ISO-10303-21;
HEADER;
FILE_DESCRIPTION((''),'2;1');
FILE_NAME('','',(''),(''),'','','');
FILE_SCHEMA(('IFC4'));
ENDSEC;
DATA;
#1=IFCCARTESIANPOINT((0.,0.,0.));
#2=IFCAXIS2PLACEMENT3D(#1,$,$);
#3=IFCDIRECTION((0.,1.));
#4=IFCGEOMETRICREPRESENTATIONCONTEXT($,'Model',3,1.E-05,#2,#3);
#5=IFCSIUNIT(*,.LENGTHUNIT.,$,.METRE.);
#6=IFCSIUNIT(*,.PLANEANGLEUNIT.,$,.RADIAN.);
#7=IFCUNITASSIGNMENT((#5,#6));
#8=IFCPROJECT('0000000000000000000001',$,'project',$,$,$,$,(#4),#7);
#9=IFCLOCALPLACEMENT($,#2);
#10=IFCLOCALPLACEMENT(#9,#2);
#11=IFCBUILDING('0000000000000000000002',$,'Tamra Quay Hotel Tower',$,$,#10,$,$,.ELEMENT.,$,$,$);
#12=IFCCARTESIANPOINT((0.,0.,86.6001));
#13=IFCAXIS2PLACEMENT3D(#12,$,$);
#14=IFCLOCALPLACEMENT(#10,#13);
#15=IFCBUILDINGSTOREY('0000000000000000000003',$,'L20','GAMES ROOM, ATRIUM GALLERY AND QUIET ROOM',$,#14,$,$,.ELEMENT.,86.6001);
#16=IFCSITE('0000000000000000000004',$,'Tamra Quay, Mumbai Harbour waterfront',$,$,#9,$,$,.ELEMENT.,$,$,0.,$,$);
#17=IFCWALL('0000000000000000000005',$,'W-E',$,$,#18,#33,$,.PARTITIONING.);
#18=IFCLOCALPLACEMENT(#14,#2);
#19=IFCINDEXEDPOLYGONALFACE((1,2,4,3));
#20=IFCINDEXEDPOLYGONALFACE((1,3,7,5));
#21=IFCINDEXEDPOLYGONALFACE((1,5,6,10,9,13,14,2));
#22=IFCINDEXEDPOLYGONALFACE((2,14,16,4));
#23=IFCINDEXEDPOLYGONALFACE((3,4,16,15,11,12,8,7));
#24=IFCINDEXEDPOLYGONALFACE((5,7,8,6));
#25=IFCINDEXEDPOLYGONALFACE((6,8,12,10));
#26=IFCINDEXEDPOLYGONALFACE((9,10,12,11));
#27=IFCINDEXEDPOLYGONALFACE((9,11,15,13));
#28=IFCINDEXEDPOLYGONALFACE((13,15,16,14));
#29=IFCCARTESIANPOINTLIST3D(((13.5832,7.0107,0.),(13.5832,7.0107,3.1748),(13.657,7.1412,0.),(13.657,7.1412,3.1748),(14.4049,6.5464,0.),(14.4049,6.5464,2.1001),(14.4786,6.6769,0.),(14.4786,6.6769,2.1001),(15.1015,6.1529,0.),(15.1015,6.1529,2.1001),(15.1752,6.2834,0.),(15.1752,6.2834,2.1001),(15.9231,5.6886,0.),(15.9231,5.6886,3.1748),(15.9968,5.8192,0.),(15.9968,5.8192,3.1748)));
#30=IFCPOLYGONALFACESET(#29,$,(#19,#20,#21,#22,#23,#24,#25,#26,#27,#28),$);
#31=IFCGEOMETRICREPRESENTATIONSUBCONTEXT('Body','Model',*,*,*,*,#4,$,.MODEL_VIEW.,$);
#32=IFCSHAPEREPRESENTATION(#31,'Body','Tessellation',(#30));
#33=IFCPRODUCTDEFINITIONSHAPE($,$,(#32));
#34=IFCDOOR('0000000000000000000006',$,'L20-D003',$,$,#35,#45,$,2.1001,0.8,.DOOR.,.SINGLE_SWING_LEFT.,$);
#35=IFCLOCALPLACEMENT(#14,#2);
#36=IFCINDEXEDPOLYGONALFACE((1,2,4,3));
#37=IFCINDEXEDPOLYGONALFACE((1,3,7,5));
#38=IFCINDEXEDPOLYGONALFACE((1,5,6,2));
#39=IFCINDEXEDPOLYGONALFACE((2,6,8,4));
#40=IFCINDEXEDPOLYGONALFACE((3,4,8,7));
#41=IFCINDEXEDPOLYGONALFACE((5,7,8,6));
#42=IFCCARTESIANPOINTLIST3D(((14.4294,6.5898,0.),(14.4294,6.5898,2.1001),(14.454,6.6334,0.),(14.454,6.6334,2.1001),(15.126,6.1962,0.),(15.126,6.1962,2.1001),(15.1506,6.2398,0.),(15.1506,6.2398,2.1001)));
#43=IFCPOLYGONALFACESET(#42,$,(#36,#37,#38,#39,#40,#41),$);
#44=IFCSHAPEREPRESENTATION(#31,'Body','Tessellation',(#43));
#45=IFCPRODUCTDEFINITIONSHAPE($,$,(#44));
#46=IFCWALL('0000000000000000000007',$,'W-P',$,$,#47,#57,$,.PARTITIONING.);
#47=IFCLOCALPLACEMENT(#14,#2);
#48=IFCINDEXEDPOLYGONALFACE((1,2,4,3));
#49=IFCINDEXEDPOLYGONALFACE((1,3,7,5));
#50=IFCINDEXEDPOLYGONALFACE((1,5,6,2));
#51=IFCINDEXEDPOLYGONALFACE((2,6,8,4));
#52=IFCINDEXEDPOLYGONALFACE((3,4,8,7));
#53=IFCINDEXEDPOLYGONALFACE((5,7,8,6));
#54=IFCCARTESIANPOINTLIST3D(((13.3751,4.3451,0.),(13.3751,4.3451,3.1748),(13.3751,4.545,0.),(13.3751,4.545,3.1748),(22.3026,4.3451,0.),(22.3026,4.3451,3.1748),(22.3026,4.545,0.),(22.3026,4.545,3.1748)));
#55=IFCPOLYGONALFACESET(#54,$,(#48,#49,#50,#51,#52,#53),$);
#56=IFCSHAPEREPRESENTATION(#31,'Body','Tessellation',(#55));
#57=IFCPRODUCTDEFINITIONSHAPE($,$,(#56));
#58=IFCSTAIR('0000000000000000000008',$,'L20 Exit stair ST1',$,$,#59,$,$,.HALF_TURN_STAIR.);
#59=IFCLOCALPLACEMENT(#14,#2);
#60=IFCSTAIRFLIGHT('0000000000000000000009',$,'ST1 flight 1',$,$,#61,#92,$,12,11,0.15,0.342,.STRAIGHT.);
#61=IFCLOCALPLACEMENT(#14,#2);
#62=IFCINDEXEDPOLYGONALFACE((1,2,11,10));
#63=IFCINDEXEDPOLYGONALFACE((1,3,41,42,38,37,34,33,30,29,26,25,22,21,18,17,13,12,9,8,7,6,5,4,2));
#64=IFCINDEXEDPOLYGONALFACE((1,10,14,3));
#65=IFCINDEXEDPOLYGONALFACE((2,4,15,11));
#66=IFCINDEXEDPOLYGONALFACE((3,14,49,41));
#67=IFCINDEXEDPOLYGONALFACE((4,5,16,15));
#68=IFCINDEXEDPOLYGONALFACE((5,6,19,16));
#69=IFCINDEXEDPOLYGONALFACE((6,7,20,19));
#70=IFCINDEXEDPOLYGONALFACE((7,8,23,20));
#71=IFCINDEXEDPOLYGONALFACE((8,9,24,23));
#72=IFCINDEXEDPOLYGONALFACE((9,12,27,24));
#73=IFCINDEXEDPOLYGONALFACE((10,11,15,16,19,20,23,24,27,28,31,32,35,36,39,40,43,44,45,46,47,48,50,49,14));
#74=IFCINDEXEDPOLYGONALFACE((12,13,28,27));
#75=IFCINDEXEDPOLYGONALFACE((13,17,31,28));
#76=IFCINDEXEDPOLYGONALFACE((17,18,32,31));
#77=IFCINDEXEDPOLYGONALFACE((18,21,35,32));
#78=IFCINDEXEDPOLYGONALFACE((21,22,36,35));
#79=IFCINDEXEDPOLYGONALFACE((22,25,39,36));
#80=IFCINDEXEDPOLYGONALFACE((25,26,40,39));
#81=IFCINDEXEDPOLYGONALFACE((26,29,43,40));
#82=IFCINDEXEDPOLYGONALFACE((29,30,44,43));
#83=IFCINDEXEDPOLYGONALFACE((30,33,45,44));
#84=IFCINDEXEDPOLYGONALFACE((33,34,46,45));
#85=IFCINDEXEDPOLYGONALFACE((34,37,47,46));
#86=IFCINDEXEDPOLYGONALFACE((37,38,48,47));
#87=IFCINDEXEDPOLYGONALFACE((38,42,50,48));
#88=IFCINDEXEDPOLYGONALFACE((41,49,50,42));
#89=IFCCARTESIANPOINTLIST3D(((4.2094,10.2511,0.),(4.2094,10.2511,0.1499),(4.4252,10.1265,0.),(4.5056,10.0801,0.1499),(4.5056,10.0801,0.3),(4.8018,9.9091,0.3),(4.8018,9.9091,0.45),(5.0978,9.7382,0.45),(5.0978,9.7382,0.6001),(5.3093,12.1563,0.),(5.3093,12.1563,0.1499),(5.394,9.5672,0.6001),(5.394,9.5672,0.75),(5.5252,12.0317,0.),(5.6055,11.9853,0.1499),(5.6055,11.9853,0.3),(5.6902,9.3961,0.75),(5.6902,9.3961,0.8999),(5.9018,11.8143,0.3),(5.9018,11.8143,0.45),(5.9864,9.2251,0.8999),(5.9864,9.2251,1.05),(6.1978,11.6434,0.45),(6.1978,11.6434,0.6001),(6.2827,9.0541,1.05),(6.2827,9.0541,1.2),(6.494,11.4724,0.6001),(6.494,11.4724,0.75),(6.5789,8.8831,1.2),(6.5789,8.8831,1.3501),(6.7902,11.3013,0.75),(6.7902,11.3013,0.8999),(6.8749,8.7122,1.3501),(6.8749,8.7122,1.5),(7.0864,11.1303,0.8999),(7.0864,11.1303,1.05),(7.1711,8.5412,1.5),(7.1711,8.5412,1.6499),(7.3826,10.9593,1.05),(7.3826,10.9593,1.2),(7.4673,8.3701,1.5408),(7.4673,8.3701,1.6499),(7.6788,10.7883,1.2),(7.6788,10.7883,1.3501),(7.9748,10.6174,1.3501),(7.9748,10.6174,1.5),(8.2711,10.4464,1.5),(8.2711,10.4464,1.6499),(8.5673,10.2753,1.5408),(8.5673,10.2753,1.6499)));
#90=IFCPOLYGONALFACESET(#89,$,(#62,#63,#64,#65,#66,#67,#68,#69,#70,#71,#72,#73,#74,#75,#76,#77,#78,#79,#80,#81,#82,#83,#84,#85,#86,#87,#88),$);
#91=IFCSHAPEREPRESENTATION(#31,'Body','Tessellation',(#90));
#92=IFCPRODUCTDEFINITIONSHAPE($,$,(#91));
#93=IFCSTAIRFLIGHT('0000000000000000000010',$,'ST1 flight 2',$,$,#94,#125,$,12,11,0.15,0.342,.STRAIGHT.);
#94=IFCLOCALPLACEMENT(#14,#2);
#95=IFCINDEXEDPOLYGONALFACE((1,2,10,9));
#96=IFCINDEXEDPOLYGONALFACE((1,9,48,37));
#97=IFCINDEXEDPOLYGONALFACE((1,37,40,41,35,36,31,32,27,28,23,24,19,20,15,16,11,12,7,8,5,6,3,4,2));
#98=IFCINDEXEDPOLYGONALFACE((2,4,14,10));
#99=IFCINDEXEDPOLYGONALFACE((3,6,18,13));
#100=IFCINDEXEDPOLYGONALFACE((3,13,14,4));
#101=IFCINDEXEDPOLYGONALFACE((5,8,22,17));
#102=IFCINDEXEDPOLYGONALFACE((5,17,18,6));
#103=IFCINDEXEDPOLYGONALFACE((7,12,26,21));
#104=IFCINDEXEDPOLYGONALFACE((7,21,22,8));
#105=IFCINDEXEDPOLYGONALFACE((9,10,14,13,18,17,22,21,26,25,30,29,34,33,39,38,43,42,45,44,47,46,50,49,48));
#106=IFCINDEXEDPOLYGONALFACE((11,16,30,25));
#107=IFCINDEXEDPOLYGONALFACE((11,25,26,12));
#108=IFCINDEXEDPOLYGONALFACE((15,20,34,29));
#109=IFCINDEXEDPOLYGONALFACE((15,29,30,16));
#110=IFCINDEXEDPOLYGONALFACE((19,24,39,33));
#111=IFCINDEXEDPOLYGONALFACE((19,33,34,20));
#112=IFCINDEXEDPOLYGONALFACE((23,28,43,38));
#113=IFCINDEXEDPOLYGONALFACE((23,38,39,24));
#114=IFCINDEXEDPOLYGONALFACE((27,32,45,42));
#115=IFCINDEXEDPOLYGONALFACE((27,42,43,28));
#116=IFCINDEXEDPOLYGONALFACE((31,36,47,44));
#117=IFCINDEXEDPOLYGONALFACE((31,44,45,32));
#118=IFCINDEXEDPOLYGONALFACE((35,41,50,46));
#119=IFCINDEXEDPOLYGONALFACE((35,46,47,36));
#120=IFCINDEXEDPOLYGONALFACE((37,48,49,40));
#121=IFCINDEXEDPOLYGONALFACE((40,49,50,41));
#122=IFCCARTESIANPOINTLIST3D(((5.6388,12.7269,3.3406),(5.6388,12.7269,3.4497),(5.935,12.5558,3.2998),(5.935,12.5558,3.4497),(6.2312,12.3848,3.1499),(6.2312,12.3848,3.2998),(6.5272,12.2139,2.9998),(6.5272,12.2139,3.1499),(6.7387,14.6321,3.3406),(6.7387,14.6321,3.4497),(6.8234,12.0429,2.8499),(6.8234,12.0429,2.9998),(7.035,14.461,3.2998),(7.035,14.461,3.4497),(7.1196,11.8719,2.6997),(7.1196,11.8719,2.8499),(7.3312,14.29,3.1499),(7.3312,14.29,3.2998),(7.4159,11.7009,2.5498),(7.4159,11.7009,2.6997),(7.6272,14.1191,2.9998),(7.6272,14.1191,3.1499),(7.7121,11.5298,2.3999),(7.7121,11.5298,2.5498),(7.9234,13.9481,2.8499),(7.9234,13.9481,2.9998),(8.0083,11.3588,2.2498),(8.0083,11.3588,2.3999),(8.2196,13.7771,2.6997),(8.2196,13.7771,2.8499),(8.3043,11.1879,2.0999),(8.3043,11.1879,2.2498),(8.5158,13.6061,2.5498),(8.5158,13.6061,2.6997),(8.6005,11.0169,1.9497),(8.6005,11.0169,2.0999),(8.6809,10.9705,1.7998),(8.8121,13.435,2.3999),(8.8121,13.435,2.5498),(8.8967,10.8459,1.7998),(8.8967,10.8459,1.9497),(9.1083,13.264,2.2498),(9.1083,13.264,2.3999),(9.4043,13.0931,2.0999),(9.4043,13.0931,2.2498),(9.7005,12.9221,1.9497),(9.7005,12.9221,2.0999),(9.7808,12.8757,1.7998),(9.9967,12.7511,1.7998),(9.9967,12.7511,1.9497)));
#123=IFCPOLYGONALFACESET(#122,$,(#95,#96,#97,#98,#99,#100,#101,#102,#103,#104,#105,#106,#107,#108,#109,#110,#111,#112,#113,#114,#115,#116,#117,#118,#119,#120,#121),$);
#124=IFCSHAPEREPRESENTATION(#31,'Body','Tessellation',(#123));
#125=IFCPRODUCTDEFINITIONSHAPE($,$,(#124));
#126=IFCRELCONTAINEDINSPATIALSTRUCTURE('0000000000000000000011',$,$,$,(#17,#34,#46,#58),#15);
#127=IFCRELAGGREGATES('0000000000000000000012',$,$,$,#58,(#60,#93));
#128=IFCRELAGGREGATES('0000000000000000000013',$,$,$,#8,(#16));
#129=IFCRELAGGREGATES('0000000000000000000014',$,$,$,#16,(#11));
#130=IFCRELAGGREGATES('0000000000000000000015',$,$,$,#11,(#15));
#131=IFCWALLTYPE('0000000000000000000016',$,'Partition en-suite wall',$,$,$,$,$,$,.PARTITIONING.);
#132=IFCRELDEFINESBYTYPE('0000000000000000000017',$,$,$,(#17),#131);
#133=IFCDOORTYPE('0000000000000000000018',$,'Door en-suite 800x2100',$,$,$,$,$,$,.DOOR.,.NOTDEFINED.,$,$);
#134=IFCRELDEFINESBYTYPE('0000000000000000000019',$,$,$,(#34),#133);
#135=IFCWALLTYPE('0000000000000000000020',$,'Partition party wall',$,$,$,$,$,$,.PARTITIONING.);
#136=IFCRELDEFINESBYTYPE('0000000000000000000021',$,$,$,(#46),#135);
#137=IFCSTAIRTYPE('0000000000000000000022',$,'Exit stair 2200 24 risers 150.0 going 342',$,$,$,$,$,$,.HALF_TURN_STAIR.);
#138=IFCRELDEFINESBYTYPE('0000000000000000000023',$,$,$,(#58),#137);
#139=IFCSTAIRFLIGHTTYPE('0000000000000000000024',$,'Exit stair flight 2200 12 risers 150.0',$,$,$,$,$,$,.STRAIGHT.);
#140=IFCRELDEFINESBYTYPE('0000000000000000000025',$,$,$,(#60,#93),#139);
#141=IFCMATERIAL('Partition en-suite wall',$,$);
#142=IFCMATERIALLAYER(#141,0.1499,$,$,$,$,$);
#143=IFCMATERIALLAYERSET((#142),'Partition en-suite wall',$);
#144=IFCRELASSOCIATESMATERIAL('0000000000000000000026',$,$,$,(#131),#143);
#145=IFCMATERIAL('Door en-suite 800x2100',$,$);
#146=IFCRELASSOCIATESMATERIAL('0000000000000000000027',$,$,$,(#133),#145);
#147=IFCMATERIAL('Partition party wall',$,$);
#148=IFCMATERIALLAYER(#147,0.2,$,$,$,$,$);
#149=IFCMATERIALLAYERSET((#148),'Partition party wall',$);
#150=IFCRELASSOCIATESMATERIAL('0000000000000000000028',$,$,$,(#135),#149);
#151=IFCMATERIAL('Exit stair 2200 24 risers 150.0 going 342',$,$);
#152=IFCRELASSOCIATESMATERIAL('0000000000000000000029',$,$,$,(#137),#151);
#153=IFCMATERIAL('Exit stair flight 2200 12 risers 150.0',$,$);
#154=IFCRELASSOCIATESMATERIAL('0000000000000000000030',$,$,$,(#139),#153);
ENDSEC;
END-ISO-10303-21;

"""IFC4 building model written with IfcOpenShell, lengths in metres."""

from ifc_helpers import new_model, si_unit, direction, frame, frame_2d, origin, place, context, subcontext, project, spatial, polyline, rectangle, outline, extrude, material, layer, layer_set, type_object, element, fill, aggregate, save


model = new_model("IFC4")

# Units and contexts
model_context = context("Model", 3, precision=1e-05, world=origin(), true_north=direction((0.0, 1.0)))
body_context = subcontext(model_context, "Body", "Model", "MODEL_VIEW")
ifc_project = project(units=[si_unit("LENGTHUNIT", "METRE"), si_unit("PLANEANGLEUNIT", "RADIAN")], contexts=[model_context])

# Site, building, storey
site_placement = place(None, origin())
site = spatial("IfcSite", under=ifc_project, at=site_placement, Name="Tamra Quay, Mumbai Harbour waterfront", CompositionType="ELEMENT", RefElevation=0.0)
building_placement = place(site_placement, origin())
building = spatial("IfcBuilding", under=site, at=building_placement, Name="Tamra Quay Hotel Tower", CompositionType="ELEMENT")
storey_placement = place(building_placement, frame((0.0, 0.0, 86.6001)))
storey = spatial("IfcBuildingStorey", under=building, at=storey_placement, Name="L20", Description="GAMES ROOM, ATRIUM GALLERY AND QUIET ROOM", CompositionType="ELEMENT", Elevation=86.6001)

# Wall, opening, door
ifc_material_1 = material(Name="Partition en-suite wall")
ifc_layer_1 = layer(ifc_material_1, 0.1499)
ifc_layer_set_1 = layer_set([ifc_layer_1], Name="Partition en-suite wall")
wall_type_1 = type_object("IfcWallType", Name="Partition en-suite wall", PredefinedType="PARTITIONING", material=ifc_layer_set_1)
wall_1_placement = place(storey_placement, frame((13.6201, 7.0759, 0.0), z_axis=(0.0, 0.0, 1.0), x_axis=(0.870642, -0.491917, 0.0)))
wall_1 = element("IfcWall", 1, at=wall_1_placement, inside=storey, type_object=wall_type_1, Name="W-E", PredefinedType="PARTITIONING", context=body_context, shape_type="SweptSolid", body=[
    extrude(rectangle(XDim=2.6875, YDim=0.1499, at=frame_2d((1.3438, 0.0))), origin(), (0.0, 0.0, 1.0), 3.1748),
])
opening_1_placement = place(wall_1_placement, frame((0.9438, 0.0, 0.0)))
opening_1 = element("IfcOpeningElement", 2, at=opening_1_placement, cuts=wall_1, PredefinedType="OPENING", context=body_context, shape_type="SweptSolid", body=[
    extrude(rectangle(XDim=0.8, YDim=2.1001, at=frame_2d((0.3999, 1.05))), frame((0.0, 0.085, 0.0), z_axis=(0.0, -1.0, 0.0), x_axis=(1.0, 0.0, 0.0)), (0.0, 0.0, 1.0), 0.1699),
])
ifc_material_2 = material(Name="Door en-suite 800x2100")
door_type_1 = type_object("IfcDoorType", Name="Door en-suite 800x2100", OperationType="NOTDEFINED", PredefinedType="DOOR", material=ifc_material_2)
door_1_placement = place(opening_1_placement, origin())
door_1 = element("IfcDoor", 3, at=door_1_placement, inside=storey, type_object=door_type_1, Name="L20-D003", OperationType="SINGLE_SWING_LEFT", OverallHeight=2.1001, OverallWidth=0.8, PredefinedType="DOOR", context=body_context, shape_type="SweptSolid", body=[
    extrude(rectangle(XDim=0.8, YDim=2.1001, at=frame_2d((0.3999, 1.05))), frame((0.0, 0.0249, 0.0), z_axis=(0.0, -1.0, 0.0), x_axis=(1.0, 0.0, 0.0)), (0.0, 0.0, 1.0), 0.05),
])
fill(opening_1, door_1)

# Wall
ifc_material_3 = material(Name="Partition party wall")
ifc_layer_2 = layer(ifc_material_3, 0.2)
ifc_layer_set_2 = layer_set([ifc_layer_2], Name="Partition party wall")
wall_type_2 = type_object("IfcWallType", Name="Partition party wall", PredefinedType="PARTITIONING", material=ifc_layer_set_2)
wall_2_placement = place(storey_placement, frame((13.375, 4.4451, 0.0), z_axis=(0.0, 0.0, 1.0), x_axis=(1.0, 0.0, 0.0)))
element("IfcWall", 4, at=wall_2_placement, inside=storey, type_object=wall_type_2, Name="W-P", PredefinedType="PARTITIONING", context=body_context, shape_type="SweptSolid", body=[
    extrude(rectangle(XDim=8.9275, YDim=0.2, at=frame_2d((4.4639, 0.0))), origin(), (0.0, 0.0, 1.0), 3.1748),
])

# Stair, stair flights
ifc_material_4 = material(Name="Exit stair 2200 24 risers 150.0 going 342")
stair_type = type_object("IfcStairType", Name="Exit stair 2200 24 risers 150.0 going 342", PredefinedType="HALF_TURN_STAIR", material=ifc_material_4)
stair_placement = place(storey_placement, origin())
stair = element("IfcStair", 5, at=stair_placement, inside=storey, type_object=stair_type, Name="L20 Exit stair ST1", PredefinedType="HALF_TURN_STAIR")
ifc_material_5 = material(Name="Exit stair flight 2200 12 risers 150.0")
stair_flight_type = type_object("IfcStairFlightType", Name="Exit stair flight 2200 12 risers 150.0", PredefinedType="STRAIGHT", material=ifc_material_5)
stair_flight_1_placement = place(storey_placement, frame((4.7593, 11.2036, 0.0), z_axis=(0.0, 0.0, 1.0), x_axis=(0.866025, -0.5, 0.0)))
stair_flight_1 = element("IfcStairFlight", 6, at=stair_flight_1_placement, type_object=stair_flight_type, Name="ST1 flight 1", NumberOfRisers=12, NumberOfTreads=11, PredefinedType="STRAIGHT", RiserHeight=0.15, TreadLength=0.342, context=body_context, shape_type="SweptSolid", body=[
    extrude(outline(polyline([(0.0, 0.0), (0.0, 0.1499), (0.342, 0.1499), (0.342, 0.3), (0.6841, 0.3), (0.6841, 0.45), (1.0259, 0.45), (1.0259, 0.6001), (1.3679, 0.6001), (1.3679, 0.75), (1.71, 0.75), (1.71, 0.8999), (2.052, 0.8999), (2.052, 1.05), (2.394, 1.05), (2.394, 1.2), (2.7361, 1.2), (2.7361, 1.3501), (3.0779, 1.3501), (3.0779, 1.5), (3.4199, 1.5), (3.4199, 1.6499), (3.762, 1.6499), (3.762, 1.8), (3.762, 1.5408), (0.2493, 0.0), (0.0, 0.0)])), frame((0.0, 1.1001, 0.0), z_axis=(0.0, -1.0, 0.0), x_axis=(1.0, 0.0, 0.0)), (0.0, 0.0, 1.0), 2.2),
])
stair_flight_2_placement = place(storey_placement, frame((9.4468, 11.7986, 1.7998), z_axis=(0.0, 0.0, 1.0), x_axis=(-0.866025, 0.5, 0.0)))
stair_flight_2 = element("IfcStairFlight", 7, at=stair_flight_2_placement, type_object=stair_flight_type, Name="ST1 flight 2", NumberOfRisers=12, NumberOfTreads=11, PredefinedType="STRAIGHT", RiserHeight=0.15, TreadLength=0.342, context=body_context, shape_type="SweptSolid", body=[
    extrude(outline(polyline([(0.0, 0.0), (0.0, 0.1499), (0.342, 0.1499), (0.342, 0.3), (0.6841, 0.3), (0.6841, 0.45), (1.0259, 0.45), (1.0259, 0.6001), (1.3679, 0.6001), (1.3679, 0.75), (1.71, 0.75), (1.71, 0.8999), (2.052, 0.8999), (2.052, 1.05), (2.394, 1.05), (2.394, 1.2), (2.7361, 1.2), (2.7361, 1.3501), (3.0779, 1.3501), (3.0779, 1.5), (3.4199, 1.5), (3.4199, 1.6499), (3.762, 1.6499), (3.762, 1.8), (3.762, 1.5408), (0.2493, 0.0), (0.0, 0.0)])), frame((0.0, 1.1001, 0.0), z_axis=(0.0, -1.0, 0.0), x_axis=(1.0, 0.0, 0.0)), (0.0, 0.0, 1.0), 2.2),
])
aggregate(stair, [stair_flight_1, stair_flight_2])

save(model, "model.ifc")
